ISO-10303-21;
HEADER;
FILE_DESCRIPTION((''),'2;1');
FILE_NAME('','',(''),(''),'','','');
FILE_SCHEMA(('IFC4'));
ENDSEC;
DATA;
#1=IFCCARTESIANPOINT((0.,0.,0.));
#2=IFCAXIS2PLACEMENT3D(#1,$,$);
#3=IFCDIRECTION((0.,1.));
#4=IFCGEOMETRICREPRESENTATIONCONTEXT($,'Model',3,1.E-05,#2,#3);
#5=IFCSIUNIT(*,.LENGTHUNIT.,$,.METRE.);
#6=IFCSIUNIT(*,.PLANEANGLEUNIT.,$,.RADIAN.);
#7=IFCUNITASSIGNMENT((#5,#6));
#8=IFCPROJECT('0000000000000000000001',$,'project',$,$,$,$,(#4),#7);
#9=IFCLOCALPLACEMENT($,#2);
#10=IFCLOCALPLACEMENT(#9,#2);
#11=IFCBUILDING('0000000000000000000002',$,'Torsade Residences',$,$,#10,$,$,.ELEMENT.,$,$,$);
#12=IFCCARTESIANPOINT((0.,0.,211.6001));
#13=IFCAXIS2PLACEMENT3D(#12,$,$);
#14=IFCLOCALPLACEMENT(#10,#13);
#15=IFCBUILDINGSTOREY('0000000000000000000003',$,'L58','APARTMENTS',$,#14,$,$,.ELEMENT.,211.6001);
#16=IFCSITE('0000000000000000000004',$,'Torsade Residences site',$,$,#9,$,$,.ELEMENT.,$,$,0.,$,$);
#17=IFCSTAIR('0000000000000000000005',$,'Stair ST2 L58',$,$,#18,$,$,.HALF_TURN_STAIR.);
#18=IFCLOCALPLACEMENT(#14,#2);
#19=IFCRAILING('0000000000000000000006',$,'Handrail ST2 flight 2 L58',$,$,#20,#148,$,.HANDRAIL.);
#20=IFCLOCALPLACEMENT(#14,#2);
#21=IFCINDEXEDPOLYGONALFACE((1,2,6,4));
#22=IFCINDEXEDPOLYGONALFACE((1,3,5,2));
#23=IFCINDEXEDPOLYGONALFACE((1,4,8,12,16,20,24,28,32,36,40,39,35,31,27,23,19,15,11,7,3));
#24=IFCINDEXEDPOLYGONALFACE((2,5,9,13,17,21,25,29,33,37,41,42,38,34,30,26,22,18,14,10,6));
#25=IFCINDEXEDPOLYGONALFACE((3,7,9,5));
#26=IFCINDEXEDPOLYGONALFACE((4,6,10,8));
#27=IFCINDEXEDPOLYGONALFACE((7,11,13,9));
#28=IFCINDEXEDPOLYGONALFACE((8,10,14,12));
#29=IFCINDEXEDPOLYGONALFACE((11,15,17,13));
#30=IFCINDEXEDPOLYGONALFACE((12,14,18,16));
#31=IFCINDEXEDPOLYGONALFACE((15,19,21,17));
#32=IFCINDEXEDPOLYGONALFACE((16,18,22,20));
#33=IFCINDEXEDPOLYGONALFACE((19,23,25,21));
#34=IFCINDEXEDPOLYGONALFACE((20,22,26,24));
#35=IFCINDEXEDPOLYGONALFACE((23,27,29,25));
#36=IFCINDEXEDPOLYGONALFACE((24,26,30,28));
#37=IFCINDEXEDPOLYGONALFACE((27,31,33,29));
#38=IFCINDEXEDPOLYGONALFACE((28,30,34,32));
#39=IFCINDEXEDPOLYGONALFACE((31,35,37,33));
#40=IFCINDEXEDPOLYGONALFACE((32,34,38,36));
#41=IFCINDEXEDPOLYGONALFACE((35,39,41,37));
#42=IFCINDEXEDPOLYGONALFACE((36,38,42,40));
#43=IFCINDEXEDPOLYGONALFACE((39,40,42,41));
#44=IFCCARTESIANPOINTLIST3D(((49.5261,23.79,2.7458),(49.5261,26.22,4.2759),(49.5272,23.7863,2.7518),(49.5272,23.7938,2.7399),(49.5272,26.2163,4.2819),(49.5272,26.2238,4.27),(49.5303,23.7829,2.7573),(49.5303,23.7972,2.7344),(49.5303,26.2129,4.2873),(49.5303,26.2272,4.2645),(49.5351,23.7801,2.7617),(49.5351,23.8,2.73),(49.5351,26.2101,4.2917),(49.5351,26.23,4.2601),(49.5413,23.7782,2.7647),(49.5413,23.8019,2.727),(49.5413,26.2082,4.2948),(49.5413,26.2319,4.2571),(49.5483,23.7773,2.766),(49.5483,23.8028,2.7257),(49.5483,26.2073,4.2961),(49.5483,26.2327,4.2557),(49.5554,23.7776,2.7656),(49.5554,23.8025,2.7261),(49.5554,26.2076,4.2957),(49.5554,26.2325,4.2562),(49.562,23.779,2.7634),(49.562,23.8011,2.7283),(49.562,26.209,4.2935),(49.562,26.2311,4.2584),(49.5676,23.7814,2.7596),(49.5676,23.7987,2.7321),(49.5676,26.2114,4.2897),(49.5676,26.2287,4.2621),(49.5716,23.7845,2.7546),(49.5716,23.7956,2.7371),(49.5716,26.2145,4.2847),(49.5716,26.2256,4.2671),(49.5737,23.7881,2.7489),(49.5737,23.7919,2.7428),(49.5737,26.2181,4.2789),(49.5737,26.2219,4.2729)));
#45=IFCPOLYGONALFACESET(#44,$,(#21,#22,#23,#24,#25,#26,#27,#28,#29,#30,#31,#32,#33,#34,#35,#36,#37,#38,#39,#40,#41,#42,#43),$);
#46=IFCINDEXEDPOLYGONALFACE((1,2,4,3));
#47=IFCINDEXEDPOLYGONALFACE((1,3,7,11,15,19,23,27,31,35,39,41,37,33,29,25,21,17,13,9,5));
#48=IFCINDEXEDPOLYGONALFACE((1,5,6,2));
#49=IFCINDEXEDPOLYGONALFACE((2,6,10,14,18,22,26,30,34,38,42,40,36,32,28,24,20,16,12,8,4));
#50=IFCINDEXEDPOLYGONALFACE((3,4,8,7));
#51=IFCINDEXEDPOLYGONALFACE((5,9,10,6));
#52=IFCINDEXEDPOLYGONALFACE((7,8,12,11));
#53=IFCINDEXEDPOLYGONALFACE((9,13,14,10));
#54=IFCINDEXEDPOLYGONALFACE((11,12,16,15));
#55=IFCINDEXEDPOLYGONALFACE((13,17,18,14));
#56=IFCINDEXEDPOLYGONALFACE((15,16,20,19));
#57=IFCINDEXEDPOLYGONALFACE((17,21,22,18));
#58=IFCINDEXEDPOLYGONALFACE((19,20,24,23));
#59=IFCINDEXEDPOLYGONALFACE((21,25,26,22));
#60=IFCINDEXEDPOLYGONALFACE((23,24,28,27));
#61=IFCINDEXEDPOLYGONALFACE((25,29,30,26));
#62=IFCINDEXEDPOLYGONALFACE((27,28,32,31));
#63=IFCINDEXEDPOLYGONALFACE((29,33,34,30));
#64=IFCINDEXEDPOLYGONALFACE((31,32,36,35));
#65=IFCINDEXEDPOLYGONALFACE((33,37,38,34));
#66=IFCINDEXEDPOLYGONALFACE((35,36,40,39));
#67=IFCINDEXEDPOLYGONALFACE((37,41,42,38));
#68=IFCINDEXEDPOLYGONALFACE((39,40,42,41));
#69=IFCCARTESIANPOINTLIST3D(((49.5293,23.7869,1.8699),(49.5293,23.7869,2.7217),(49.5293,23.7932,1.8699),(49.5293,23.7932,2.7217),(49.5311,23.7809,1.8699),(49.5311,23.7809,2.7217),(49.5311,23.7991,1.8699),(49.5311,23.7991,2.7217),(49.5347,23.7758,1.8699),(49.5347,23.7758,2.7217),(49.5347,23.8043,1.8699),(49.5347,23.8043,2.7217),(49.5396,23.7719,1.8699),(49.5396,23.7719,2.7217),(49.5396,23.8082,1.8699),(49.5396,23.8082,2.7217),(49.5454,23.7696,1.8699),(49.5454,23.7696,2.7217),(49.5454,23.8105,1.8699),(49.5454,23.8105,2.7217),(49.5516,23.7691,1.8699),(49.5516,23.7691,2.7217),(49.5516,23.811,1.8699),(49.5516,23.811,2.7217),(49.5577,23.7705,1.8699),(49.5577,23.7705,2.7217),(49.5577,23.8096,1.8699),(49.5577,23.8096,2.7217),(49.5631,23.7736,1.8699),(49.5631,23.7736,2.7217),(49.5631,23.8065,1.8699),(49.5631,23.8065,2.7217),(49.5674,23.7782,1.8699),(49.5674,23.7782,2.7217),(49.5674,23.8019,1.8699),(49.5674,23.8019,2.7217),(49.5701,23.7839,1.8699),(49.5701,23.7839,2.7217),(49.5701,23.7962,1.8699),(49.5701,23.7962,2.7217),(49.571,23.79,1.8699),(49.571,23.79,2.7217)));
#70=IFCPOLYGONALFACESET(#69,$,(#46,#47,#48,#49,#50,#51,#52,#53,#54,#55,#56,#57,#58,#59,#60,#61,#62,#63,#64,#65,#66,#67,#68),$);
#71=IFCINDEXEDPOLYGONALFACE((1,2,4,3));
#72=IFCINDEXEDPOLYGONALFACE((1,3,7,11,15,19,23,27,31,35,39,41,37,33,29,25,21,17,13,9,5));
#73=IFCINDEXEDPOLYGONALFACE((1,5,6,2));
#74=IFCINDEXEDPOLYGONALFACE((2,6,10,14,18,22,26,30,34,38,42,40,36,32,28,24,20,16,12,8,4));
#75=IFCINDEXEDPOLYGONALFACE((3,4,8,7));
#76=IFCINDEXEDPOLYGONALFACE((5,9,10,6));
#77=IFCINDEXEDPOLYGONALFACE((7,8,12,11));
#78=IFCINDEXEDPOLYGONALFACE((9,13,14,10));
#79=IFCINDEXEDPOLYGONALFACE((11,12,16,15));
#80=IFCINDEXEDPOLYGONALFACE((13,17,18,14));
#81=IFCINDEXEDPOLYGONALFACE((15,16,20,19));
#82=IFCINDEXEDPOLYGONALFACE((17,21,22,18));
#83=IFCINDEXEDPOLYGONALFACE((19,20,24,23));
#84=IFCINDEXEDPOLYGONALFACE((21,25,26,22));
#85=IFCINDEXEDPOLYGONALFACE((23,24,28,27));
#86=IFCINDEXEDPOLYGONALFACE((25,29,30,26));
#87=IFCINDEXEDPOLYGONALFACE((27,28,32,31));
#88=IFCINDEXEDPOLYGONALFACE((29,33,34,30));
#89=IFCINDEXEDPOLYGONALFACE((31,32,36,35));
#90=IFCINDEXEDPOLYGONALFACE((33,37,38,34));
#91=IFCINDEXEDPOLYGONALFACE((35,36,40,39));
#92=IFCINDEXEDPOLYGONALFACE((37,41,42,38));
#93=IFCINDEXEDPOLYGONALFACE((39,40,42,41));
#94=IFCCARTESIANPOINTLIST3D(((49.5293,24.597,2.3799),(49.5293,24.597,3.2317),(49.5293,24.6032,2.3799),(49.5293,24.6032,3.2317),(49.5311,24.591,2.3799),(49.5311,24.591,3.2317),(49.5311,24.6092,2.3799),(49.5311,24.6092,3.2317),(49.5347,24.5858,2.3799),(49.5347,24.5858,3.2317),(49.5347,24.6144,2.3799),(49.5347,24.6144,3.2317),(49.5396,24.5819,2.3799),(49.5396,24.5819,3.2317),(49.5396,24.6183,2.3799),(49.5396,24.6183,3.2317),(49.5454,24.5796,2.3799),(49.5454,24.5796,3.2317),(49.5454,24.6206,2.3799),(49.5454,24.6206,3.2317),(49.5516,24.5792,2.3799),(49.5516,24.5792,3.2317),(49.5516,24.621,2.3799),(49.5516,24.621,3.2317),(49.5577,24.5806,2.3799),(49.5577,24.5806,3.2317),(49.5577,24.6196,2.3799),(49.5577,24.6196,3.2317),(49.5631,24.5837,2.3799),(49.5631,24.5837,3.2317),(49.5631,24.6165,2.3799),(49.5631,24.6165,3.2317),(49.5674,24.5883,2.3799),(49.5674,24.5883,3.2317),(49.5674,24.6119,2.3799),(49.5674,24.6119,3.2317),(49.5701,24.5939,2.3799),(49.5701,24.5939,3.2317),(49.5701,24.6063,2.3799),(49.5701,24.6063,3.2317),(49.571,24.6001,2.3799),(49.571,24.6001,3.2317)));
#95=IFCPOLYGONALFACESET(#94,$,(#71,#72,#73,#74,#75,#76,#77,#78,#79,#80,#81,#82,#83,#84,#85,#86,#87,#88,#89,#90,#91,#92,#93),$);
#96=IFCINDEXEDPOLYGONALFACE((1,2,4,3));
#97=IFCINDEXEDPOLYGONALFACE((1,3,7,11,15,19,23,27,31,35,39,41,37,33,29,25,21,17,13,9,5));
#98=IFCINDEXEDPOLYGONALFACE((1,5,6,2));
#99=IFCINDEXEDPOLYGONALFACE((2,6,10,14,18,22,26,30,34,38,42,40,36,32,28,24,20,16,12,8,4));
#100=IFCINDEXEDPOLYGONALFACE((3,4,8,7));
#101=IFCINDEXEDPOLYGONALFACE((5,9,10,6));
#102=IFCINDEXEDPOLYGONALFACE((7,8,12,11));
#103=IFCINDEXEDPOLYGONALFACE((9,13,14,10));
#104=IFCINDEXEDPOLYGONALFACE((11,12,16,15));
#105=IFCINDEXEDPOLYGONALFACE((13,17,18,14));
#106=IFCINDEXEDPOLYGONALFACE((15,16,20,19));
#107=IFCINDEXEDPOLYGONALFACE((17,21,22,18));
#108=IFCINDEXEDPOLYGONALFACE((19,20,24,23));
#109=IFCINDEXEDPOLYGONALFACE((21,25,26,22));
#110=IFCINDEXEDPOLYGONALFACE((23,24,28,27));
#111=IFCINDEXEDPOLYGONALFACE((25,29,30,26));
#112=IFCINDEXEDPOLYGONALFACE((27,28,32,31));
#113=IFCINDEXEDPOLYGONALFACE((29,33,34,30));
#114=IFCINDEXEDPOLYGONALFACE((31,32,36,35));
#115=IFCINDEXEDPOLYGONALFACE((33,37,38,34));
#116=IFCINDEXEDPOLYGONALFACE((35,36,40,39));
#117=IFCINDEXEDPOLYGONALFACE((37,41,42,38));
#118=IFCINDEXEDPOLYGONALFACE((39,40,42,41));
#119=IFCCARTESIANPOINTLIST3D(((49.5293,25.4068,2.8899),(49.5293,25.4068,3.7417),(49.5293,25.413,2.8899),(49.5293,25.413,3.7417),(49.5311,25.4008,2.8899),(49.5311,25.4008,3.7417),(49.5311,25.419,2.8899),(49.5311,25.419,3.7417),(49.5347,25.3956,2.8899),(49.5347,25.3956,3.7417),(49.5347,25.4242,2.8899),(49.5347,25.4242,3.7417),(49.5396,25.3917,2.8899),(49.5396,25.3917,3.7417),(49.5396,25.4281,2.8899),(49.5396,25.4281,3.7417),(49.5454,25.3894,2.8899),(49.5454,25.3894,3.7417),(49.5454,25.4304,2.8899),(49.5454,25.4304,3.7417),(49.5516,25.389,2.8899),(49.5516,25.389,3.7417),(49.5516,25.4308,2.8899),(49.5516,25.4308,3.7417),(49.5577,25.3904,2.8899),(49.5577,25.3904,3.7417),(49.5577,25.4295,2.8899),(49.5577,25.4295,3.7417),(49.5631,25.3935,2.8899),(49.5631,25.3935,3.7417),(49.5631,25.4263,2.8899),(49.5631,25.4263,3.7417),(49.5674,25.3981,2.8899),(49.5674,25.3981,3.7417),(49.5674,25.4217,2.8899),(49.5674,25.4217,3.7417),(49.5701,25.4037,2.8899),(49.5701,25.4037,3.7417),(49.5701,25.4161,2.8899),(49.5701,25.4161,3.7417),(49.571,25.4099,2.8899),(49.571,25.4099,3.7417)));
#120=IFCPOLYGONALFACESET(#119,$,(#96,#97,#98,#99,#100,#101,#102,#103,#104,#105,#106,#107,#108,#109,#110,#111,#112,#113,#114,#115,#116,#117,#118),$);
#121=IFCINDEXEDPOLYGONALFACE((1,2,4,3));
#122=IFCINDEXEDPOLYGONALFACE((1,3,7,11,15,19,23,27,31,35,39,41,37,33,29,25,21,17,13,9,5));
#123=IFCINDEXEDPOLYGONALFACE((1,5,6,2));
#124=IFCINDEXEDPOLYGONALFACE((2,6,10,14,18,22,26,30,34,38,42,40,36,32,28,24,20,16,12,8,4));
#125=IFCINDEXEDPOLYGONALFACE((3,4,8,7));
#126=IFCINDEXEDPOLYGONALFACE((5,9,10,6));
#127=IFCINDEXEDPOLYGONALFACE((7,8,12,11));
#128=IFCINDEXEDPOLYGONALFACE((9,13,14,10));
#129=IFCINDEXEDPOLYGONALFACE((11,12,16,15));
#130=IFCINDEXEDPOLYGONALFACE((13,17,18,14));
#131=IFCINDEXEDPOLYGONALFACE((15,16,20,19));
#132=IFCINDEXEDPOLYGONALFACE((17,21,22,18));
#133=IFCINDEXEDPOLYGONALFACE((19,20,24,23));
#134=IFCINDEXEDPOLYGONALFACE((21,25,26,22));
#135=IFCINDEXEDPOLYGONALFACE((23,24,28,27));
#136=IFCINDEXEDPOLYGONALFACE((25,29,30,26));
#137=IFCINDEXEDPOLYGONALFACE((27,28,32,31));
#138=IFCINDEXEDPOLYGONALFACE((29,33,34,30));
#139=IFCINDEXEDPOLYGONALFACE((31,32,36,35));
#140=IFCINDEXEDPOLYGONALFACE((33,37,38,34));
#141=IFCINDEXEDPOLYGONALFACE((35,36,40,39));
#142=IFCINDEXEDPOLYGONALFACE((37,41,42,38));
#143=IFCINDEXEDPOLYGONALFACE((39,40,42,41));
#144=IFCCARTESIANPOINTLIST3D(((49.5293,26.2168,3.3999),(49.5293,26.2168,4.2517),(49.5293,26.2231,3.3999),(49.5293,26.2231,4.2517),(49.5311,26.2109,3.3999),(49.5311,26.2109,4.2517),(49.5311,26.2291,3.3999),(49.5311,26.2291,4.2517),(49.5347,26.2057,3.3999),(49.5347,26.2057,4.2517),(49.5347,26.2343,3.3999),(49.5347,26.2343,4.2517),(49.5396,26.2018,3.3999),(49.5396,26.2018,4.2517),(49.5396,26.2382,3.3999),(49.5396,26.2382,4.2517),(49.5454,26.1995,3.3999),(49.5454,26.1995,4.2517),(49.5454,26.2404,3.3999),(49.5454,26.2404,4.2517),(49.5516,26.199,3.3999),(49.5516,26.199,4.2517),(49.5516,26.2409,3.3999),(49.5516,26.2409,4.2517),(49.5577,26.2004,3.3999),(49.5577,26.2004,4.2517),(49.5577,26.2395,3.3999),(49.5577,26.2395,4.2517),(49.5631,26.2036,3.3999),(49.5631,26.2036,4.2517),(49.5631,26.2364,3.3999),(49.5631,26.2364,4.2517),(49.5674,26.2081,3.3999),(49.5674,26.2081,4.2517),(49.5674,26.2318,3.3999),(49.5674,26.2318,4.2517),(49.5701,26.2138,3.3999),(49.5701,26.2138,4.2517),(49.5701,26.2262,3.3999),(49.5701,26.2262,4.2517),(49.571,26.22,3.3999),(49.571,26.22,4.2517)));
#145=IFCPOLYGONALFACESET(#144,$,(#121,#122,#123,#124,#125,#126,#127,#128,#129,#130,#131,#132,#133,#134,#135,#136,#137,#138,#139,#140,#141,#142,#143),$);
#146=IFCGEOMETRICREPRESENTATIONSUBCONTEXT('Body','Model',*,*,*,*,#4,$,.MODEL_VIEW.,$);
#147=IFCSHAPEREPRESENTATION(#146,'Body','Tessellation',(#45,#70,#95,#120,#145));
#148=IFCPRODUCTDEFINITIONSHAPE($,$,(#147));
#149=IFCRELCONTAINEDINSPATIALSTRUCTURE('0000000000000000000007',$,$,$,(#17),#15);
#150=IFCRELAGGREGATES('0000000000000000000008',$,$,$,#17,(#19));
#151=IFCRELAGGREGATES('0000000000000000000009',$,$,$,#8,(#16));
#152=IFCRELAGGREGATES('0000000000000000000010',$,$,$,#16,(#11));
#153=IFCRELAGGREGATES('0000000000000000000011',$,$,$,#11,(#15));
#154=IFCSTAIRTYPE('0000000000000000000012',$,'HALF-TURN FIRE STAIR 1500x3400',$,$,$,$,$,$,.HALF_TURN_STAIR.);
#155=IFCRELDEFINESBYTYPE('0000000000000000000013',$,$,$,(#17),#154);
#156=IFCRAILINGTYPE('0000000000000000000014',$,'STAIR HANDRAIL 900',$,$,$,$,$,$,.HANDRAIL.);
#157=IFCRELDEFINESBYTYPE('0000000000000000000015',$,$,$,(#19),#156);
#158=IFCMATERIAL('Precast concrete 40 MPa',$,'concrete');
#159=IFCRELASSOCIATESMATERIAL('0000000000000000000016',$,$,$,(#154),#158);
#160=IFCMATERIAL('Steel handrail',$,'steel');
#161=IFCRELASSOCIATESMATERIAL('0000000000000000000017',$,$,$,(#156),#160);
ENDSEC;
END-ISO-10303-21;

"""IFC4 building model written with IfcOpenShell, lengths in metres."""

from ifc_helpers import new_model, si_unit, direction, frame, origin, origin_2d, place, context, subcontext, project, spatial, circle, extrude, material, type_object, element, aggregate, save


model = new_model("IFC4")

# Units and contexts
model_context = context("Model", 3, precision=1e-05, world=origin(), true_north=direction((0.0, 1.0)))
body_context = subcontext(model_context, "Body", "Model", "MODEL_VIEW")
ifc_project = project(units=[si_unit("LENGTHUNIT", "METRE"), si_unit("PLANEANGLEUNIT", "RADIAN")], contexts=[model_context])

# Site, building, storey
site_placement = place(None, origin())
site = spatial("IfcSite", under=ifc_project, at=site_placement, Name="Torsade Residences site", CompositionType="ELEMENT", RefElevation=0.0)
building_placement = place(site_placement, origin())
building = spatial("IfcBuilding", under=site, at=building_placement, Name="Torsade Residences", CompositionType="ELEMENT")
storey_placement = place(building_placement, frame((0.0, 0.0, 211.6001)))
storey = spatial("IfcBuildingStorey", under=building, at=storey_placement, Name="L58", Description="APARTMENTS", CompositionType="ELEMENT", Elevation=211.6001)

# Stair, railing
ifc_material_1 = material(Name="Precast concrete 40 MPa", Category="concrete")
stair_type = type_object("IfcStairType", Name="HALF-TURN FIRE STAIR 1500x3400", PredefinedType="HALF_TURN_STAIR", material=ifc_material_1)
stair_placement = place(storey_placement, origin())
stair = element("IfcStair", 1, at=stair_placement, inside=storey, type_object=stair_type, Name="Stair ST2 L58", PredefinedType="HALF_TURN_STAIR")
ifc_material_2 = material(Name="Steel handrail", Category="steel")
railing_type = type_object("IfcRailingType", Name="STAIR HANDRAIL 900", PredefinedType="HANDRAIL", material=ifc_material_2)
railing_1_placement = place(storey_placement, frame((49.55, 23.79, 1.8699)))
railing_1 = element("IfcRailing", 2, at=railing_1_placement, type_object=railing_type, Name="Handrail ST2 flight 2 L58", PredefinedType="HANDRAIL", context=body_context, shape_type="SweptSolid", body=[
    extrude(circle(Radius=0.0239, at=origin_2d()), frame((0.0, 0.0, 0.876), z_axis=(0.0, 0.846221, 0.532831), x_axis=(-1.0, 0.0, 0.0)), (0.0, 0.0, 1.0), 2.8716),
    extrude(circle(Radius=0.021, at=origin_2d()), origin(), (0.0, 0.0, 1.0), 0.8518),
    extrude(circle(Radius=0.021, at=origin_2d()), frame((0.0, 0.8101, 0.51)), (0.0, 0.0, 1.0), 0.8518),
    extrude(circle(Radius=0.021, at=origin_2d()), frame((0.0, 1.6199, 1.02)), (0.0, 0.0, 1.0), 0.8518),
    extrude(circle(Radius=0.021, at=origin_2d()), frame((0.0, 2.4299, 1.53)), (0.0, 0.0, 1.0), 0.8518),
])
aggregate(stair, [railing_1])

save(model, "model.ifc")
